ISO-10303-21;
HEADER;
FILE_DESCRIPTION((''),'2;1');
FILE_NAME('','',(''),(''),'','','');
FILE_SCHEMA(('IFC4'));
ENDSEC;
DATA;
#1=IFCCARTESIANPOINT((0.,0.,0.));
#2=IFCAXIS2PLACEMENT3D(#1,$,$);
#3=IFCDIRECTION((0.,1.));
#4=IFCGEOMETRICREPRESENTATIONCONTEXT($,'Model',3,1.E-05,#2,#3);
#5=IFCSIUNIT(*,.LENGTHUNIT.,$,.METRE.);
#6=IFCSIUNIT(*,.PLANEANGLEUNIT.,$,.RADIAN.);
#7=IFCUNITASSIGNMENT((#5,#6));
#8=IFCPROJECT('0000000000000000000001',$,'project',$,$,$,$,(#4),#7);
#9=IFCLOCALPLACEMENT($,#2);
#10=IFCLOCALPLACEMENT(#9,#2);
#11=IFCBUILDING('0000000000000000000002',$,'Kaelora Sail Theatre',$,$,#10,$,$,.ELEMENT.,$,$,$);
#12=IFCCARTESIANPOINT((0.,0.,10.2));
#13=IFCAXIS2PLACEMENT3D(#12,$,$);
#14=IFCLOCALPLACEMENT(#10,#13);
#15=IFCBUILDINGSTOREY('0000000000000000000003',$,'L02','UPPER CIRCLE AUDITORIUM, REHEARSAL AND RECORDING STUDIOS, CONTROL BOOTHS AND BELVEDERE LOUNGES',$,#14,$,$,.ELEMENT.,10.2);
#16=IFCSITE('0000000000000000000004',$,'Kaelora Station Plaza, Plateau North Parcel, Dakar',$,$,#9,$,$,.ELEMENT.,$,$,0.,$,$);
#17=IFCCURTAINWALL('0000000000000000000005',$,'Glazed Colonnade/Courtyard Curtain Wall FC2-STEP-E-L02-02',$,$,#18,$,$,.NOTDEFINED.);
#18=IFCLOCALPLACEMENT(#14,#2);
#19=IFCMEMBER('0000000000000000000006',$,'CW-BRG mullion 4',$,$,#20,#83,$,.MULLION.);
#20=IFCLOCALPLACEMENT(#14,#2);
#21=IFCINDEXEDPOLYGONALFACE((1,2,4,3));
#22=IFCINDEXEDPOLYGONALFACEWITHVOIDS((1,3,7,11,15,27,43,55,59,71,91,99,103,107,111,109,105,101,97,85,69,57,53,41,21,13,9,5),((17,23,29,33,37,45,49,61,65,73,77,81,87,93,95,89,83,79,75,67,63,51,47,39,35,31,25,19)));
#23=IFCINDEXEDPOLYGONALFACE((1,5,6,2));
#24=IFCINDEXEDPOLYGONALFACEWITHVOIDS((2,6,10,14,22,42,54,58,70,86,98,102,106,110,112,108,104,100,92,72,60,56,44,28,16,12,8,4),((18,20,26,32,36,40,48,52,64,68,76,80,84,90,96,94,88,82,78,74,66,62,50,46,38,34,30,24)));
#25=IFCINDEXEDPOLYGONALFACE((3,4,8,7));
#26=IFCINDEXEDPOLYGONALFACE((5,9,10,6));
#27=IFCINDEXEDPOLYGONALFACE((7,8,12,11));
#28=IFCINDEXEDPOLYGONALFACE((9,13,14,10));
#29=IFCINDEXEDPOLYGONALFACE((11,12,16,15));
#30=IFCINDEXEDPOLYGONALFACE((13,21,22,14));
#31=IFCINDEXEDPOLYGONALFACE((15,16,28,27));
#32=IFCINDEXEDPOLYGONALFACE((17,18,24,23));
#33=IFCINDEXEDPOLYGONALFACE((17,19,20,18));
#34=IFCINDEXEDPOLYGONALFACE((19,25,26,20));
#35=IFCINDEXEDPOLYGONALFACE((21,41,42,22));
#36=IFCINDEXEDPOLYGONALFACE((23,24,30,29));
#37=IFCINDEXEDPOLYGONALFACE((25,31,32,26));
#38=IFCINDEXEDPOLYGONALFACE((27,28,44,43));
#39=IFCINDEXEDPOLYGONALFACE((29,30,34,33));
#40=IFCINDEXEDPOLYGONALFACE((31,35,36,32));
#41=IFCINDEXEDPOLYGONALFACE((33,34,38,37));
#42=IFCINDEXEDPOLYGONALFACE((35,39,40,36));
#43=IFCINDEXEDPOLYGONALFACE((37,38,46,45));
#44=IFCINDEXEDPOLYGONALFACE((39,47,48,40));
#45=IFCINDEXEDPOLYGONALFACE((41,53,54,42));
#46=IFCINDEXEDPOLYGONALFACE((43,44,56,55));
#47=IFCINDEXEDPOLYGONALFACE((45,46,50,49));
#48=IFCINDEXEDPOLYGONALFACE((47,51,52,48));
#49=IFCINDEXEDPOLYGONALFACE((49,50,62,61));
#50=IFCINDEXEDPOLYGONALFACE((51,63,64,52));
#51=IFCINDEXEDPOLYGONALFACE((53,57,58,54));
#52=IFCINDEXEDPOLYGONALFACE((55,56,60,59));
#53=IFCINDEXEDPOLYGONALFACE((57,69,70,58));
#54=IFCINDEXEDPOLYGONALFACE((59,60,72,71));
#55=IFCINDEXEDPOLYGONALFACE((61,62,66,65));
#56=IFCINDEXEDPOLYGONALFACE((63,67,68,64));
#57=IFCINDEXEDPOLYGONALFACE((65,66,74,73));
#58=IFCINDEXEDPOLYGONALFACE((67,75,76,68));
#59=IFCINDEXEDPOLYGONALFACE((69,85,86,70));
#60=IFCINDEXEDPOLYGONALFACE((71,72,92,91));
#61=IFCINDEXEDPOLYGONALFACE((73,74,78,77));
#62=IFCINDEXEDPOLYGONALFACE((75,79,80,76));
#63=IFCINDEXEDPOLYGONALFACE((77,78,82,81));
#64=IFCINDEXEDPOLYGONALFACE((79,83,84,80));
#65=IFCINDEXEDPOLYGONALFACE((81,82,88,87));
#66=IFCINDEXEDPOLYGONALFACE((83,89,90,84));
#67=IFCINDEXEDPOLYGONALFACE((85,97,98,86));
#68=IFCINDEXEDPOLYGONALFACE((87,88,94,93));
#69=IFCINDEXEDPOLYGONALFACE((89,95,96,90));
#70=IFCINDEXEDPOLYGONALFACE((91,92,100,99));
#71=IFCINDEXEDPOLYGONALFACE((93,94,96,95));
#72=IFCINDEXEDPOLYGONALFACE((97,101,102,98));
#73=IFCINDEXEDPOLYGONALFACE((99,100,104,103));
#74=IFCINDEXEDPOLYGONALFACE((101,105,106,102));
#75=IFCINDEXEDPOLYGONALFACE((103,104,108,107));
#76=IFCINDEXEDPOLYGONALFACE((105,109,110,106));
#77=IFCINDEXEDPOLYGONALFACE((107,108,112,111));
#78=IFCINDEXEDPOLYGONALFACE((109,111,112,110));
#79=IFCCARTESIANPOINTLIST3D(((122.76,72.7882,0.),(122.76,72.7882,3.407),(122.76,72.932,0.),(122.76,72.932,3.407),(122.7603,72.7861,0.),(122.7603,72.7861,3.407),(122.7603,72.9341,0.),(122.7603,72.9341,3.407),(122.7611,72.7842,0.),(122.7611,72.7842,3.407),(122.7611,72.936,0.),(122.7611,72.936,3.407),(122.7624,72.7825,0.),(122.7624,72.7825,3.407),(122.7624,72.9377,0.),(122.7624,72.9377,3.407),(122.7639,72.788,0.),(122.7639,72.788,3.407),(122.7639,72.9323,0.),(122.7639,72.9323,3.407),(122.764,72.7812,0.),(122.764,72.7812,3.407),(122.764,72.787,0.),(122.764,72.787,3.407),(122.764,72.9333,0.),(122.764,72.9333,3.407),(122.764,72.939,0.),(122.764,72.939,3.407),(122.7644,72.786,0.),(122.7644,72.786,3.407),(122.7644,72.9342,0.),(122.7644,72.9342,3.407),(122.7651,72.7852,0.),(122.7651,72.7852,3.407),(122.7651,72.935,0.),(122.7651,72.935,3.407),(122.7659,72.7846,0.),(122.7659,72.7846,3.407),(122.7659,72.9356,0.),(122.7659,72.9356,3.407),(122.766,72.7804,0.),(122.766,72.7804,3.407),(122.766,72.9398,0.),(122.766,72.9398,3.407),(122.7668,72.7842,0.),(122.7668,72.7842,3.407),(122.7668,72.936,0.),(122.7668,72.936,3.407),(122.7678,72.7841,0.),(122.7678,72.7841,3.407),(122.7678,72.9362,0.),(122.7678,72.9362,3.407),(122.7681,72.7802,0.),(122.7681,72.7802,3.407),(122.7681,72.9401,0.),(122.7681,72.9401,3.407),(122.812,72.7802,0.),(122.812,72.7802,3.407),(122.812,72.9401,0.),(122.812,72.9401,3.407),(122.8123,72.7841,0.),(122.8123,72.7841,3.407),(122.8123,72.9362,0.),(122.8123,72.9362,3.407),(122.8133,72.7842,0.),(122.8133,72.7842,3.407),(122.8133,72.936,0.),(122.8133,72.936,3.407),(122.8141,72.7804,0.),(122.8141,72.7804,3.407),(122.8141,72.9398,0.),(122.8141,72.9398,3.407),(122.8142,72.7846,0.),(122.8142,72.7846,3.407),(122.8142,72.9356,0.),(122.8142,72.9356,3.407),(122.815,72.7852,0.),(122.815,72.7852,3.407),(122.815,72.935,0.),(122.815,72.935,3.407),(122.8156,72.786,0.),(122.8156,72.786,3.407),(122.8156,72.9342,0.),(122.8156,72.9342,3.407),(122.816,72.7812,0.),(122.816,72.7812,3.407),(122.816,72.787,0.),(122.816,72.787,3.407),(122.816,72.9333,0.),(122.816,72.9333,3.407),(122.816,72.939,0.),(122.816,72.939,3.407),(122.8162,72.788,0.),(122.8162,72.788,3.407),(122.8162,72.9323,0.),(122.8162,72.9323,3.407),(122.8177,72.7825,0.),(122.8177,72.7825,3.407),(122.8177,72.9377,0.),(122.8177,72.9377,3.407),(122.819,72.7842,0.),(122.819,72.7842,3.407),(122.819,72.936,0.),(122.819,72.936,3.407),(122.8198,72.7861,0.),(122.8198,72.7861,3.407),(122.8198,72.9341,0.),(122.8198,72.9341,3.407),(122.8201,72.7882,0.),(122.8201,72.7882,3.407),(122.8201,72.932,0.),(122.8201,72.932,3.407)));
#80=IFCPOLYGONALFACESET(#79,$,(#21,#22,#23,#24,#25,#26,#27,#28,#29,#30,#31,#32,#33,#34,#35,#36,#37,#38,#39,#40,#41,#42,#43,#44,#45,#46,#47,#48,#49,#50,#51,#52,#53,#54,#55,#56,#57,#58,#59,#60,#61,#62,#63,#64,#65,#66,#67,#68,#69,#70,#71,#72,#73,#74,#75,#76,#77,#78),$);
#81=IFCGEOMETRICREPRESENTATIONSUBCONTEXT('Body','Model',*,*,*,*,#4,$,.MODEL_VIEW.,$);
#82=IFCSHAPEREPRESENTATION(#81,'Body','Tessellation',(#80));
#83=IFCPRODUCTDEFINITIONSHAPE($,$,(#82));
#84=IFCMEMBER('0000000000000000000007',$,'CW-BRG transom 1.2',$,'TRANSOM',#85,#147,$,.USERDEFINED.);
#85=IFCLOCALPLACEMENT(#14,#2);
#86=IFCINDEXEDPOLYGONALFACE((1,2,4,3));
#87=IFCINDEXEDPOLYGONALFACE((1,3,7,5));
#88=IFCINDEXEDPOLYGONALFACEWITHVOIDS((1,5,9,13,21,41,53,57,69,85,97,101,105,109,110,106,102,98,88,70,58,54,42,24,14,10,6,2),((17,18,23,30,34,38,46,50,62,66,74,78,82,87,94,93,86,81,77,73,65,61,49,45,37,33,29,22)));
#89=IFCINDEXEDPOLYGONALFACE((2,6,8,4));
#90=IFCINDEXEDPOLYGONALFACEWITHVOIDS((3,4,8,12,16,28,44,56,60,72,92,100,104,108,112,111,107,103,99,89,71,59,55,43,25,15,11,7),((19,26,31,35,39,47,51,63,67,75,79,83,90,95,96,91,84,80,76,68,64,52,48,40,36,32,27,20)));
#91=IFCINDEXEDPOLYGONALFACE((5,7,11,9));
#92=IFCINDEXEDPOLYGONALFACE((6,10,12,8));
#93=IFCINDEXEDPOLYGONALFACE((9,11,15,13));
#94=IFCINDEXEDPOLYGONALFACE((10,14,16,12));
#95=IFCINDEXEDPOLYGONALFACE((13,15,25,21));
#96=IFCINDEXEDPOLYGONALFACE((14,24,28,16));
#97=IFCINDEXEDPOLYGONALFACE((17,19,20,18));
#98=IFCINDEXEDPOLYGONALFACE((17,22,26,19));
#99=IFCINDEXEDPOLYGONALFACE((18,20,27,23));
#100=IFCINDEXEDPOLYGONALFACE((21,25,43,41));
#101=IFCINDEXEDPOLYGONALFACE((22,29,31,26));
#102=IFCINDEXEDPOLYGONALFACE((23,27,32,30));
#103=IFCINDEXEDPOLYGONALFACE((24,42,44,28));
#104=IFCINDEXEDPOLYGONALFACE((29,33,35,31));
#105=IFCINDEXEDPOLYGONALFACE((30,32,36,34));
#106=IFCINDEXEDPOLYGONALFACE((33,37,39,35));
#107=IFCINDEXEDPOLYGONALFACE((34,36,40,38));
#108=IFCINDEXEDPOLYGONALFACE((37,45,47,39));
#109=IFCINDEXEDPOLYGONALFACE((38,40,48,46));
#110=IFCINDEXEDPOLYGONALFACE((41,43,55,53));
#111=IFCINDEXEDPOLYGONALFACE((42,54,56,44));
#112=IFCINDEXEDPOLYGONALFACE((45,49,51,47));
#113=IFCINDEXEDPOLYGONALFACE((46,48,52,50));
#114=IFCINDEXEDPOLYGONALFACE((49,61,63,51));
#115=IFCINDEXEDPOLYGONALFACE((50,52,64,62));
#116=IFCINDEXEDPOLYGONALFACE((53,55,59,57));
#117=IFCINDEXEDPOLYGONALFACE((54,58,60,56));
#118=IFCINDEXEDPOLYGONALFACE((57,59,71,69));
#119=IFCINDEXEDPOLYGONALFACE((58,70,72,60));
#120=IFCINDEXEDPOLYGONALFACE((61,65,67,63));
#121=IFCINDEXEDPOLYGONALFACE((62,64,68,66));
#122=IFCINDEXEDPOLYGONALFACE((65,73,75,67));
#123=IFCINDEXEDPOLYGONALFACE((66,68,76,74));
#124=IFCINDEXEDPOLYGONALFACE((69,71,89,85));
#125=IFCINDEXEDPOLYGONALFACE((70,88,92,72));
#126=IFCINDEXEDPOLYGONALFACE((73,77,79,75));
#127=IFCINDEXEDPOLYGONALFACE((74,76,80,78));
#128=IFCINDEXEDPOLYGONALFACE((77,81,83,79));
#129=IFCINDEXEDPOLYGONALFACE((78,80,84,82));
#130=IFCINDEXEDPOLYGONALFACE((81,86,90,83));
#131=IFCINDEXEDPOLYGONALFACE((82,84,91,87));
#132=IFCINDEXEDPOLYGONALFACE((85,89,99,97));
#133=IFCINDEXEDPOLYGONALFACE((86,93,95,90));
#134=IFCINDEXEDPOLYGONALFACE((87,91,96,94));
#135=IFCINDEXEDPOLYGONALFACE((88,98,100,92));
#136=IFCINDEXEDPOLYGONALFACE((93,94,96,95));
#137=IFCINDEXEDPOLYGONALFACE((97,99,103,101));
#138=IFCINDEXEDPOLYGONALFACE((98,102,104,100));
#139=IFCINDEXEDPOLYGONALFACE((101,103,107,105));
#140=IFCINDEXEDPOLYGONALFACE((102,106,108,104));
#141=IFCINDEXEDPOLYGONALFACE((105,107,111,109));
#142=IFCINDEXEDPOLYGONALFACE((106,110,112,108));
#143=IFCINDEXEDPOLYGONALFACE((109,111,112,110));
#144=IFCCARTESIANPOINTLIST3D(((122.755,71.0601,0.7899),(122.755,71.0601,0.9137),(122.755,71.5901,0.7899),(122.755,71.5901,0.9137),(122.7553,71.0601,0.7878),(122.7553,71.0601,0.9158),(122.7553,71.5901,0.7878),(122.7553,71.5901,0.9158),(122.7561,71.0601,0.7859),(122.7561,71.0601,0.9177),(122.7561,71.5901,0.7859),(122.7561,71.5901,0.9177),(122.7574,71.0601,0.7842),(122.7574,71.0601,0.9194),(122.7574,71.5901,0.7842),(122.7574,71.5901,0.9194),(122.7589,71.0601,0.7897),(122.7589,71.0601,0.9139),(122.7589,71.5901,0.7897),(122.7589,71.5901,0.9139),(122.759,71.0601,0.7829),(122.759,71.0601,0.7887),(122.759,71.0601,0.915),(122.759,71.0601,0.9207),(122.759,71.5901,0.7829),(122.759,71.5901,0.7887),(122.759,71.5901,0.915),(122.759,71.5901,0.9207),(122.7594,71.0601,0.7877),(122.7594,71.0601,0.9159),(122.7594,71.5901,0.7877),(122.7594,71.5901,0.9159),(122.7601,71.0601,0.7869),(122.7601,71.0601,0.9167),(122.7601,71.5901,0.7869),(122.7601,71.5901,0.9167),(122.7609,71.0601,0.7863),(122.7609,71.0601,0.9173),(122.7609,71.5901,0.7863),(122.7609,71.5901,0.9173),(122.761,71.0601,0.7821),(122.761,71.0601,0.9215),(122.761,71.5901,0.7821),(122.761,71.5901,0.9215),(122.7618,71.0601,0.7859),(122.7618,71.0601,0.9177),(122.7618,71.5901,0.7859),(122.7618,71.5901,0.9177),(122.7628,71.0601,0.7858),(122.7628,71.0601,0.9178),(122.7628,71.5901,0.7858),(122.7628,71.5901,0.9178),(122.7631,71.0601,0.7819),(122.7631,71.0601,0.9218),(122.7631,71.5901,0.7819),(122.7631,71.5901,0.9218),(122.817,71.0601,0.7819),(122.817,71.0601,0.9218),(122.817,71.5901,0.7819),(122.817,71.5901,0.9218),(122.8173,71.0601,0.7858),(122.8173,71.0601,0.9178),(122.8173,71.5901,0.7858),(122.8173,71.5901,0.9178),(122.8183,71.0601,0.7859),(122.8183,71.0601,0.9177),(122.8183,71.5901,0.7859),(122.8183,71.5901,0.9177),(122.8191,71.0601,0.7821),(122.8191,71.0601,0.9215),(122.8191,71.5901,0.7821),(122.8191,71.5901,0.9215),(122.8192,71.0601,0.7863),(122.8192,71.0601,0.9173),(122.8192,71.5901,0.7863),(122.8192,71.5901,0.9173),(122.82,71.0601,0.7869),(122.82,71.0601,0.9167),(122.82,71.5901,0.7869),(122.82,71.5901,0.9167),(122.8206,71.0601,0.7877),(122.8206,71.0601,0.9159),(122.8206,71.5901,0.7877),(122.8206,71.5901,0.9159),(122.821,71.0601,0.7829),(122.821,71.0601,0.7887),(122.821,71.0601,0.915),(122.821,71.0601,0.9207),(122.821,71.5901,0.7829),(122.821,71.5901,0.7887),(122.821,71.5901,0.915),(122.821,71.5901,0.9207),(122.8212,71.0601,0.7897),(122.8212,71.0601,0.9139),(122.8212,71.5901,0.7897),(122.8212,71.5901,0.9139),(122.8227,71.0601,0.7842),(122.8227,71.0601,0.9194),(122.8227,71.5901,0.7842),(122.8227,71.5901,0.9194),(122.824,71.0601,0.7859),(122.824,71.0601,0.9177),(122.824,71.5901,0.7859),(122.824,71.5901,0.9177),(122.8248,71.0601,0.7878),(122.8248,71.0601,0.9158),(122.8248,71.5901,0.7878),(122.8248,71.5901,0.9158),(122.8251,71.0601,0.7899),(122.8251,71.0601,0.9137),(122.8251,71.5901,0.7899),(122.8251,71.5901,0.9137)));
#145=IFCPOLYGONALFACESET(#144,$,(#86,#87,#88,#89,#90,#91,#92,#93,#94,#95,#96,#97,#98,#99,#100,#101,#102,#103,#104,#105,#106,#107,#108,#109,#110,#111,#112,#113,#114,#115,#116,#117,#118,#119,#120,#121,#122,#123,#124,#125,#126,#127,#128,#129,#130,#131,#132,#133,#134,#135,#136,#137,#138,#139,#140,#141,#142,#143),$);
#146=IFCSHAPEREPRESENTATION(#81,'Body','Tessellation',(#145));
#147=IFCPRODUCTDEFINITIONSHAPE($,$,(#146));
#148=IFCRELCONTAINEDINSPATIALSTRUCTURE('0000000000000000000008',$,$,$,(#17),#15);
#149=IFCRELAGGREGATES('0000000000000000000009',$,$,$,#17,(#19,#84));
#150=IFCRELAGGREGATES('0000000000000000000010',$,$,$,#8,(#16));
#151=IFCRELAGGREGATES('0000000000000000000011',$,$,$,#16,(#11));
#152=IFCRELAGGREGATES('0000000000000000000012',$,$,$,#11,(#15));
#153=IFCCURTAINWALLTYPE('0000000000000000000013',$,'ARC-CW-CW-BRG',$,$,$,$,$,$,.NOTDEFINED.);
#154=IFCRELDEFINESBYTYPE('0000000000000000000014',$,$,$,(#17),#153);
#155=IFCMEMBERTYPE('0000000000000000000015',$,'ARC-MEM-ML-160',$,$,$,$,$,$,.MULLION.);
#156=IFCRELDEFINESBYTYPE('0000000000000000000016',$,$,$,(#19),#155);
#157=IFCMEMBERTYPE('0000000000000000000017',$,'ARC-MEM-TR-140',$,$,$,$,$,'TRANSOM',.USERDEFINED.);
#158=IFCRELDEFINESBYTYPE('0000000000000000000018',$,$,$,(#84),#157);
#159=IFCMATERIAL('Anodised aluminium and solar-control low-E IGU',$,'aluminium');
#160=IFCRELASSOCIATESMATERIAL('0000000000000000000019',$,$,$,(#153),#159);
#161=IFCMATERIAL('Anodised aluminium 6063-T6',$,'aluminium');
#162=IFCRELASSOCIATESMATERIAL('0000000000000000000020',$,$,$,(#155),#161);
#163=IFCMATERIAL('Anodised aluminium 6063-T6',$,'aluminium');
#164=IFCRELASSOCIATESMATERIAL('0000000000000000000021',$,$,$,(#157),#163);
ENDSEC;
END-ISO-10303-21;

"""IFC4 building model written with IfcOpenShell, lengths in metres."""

from ifc_helpers import new_model, si_unit, direction, frame, origin, origin_2d, place, context, subcontext, project, spatial, hollow_rectangle, extrude, material, material_profile, profile_set, type_object, element, aggregate, save


model = new_model("IFC4")

# Units and contexts
model_context = context("Model", 3, precision=1e-05, world=origin(), true_north=direction((0.0, 1.0)))
body_context = subcontext(model_context, "Body", "Model", "MODEL_VIEW")
ifc_project = project(units=[si_unit("LENGTHUNIT", "METRE"), si_unit("PLANEANGLEUNIT", "RADIAN")], contexts=[model_context])

# Site, building, storey
site_placement = place(None, origin())
site = spatial("IfcSite", under=ifc_project, at=site_placement, Name="Kaelora Station Plaza, Plateau North Parcel, Dakar", CompositionType="ELEMENT", RefElevation=0.0)
building_placement = place(site_placement, origin())
building = spatial("IfcBuilding", under=site, at=building_placement, Name="Kaelora Sail Theatre", CompositionType="ELEMENT")
storey_placement = place(building_placement, frame((0.0, 0.0, 10.2)))
storey = spatial("IfcBuildingStorey", under=building, at=storey_placement, Name="L02", Description="UPPER CIRCLE AUDITORIUM, REHEARSAL AND RECORDING STUDIOS, CONTROL BOOTHS AND BELVEDERE LOUNGES", CompositionType="ELEMENT", Elevation=10.2)

# Curtain wall, members
ifc_material_1 = material(Name="Anodised aluminium and solar-control low-E IGU", Category="aluminium")
curtain_wall_type = type_object("IfcCurtainWallType", Name="ARC-CW-CW-BRG", PredefinedType="NOTDEFINED", material=ifc_material_1)
curtain_wall_placement = place(storey_placement, origin())
curtain_wall = element("IfcCurtainWall", 1, at=curtain_wall_placement, inside=storey, type_object=curtain_wall_type, Name="Glazed Colonnade/Courtyard Curtain Wall FC2-STEP-E-L02-02", PredefinedType="NOTDEFINED")
ifc_material_2 = material(Name="Anodised aluminium 6063-T6", Category="aluminium")
ifc_material_profile_1 = material_profile(ifc_material_2, hollow_rectangle(XDim=0.0601, YDim=0.1599, WallThickness=0.0039, InnerFilletRadius=0.0039, OuterFilletRadius=0.0081, at=origin_2d()), Name="ALU-MULL 60x160x4")
ifc_profile_set_1 = profile_set([ifc_material_profile_1], Name="Anodised aluminium 6063-T6")
member_type_1 = type_object("IfcMemberType", Name="ARC-MEM-ML-160", PredefinedType="MULLION", material=ifc_profile_set_1)
member_1_placement = place(storey_placement, frame((122.79, 72.8601, 0.0), z_axis=(0.0, 0.0, 1.0), x_axis=(-1.0, 0.0, 0.0)))
member_1 = element("IfcMember", 2, at=member_1_placement, type_object=member_type_1, Name="CW-BRG mullion 4", PredefinedType="MULLION", context=body_context, shape_type="SweptSolid", body=[
    extrude(hollow_rectangle(XDim=0.0601, YDim=0.1599, WallThickness=0.0039, InnerFilletRadius=0.0039, OuterFilletRadius=0.0081, at=origin_2d()), origin(), (0.0, 0.0, 1.0), 3.407),
])
ifc_material_3 = material(Name="Anodised aluminium 6063-T6", Category="aluminium")
ifc_material_profile_2 = material_profile(ifc_material_3, hollow_rectangle(XDim=0.0701, YDim=0.1399, WallThickness=0.0039, InnerFilletRadius=0.0039, OuterFilletRadius=0.0081, at=origin_2d()), Name="ALU-TRAN 70x140x4")
ifc_profile_set_2 = profile_set([ifc_material_profile_2], Name="Anodised aluminium 6063-T6")
member_type_2 = type_object("IfcMemberType", Name="ARC-MEM-TR-140", ElementType="TRANSOM", PredefinedType="USERDEFINED", material=ifc_profile_set_2)
member_2_placement = place(storey_placement, frame((122.79, 71.0601, 0.8518), z_axis=(0.0, 1.0, 0.0), x_axis=(-1.0, 0.0, 0.0)))
member_2 = element("IfcMember", 3, at=member_2_placement, type_object=member_type_2, Name="CW-BRG transom 1.2", ObjectType="TRANSOM", PredefinedType="USERDEFINED", context=body_context, shape_type="SweptSolid", body=[
    extrude(hollow_rectangle(XDim=0.0701, YDim=0.1399, WallThickness=0.0039, InnerFilletRadius=0.0039, OuterFilletRadius=0.0081, at=origin_2d()), origin(), (0.0, 0.0, 1.0), 0.53),
])
aggregate(curtain_wall, [member_1, member_2])

save(model, "model.ifc")
